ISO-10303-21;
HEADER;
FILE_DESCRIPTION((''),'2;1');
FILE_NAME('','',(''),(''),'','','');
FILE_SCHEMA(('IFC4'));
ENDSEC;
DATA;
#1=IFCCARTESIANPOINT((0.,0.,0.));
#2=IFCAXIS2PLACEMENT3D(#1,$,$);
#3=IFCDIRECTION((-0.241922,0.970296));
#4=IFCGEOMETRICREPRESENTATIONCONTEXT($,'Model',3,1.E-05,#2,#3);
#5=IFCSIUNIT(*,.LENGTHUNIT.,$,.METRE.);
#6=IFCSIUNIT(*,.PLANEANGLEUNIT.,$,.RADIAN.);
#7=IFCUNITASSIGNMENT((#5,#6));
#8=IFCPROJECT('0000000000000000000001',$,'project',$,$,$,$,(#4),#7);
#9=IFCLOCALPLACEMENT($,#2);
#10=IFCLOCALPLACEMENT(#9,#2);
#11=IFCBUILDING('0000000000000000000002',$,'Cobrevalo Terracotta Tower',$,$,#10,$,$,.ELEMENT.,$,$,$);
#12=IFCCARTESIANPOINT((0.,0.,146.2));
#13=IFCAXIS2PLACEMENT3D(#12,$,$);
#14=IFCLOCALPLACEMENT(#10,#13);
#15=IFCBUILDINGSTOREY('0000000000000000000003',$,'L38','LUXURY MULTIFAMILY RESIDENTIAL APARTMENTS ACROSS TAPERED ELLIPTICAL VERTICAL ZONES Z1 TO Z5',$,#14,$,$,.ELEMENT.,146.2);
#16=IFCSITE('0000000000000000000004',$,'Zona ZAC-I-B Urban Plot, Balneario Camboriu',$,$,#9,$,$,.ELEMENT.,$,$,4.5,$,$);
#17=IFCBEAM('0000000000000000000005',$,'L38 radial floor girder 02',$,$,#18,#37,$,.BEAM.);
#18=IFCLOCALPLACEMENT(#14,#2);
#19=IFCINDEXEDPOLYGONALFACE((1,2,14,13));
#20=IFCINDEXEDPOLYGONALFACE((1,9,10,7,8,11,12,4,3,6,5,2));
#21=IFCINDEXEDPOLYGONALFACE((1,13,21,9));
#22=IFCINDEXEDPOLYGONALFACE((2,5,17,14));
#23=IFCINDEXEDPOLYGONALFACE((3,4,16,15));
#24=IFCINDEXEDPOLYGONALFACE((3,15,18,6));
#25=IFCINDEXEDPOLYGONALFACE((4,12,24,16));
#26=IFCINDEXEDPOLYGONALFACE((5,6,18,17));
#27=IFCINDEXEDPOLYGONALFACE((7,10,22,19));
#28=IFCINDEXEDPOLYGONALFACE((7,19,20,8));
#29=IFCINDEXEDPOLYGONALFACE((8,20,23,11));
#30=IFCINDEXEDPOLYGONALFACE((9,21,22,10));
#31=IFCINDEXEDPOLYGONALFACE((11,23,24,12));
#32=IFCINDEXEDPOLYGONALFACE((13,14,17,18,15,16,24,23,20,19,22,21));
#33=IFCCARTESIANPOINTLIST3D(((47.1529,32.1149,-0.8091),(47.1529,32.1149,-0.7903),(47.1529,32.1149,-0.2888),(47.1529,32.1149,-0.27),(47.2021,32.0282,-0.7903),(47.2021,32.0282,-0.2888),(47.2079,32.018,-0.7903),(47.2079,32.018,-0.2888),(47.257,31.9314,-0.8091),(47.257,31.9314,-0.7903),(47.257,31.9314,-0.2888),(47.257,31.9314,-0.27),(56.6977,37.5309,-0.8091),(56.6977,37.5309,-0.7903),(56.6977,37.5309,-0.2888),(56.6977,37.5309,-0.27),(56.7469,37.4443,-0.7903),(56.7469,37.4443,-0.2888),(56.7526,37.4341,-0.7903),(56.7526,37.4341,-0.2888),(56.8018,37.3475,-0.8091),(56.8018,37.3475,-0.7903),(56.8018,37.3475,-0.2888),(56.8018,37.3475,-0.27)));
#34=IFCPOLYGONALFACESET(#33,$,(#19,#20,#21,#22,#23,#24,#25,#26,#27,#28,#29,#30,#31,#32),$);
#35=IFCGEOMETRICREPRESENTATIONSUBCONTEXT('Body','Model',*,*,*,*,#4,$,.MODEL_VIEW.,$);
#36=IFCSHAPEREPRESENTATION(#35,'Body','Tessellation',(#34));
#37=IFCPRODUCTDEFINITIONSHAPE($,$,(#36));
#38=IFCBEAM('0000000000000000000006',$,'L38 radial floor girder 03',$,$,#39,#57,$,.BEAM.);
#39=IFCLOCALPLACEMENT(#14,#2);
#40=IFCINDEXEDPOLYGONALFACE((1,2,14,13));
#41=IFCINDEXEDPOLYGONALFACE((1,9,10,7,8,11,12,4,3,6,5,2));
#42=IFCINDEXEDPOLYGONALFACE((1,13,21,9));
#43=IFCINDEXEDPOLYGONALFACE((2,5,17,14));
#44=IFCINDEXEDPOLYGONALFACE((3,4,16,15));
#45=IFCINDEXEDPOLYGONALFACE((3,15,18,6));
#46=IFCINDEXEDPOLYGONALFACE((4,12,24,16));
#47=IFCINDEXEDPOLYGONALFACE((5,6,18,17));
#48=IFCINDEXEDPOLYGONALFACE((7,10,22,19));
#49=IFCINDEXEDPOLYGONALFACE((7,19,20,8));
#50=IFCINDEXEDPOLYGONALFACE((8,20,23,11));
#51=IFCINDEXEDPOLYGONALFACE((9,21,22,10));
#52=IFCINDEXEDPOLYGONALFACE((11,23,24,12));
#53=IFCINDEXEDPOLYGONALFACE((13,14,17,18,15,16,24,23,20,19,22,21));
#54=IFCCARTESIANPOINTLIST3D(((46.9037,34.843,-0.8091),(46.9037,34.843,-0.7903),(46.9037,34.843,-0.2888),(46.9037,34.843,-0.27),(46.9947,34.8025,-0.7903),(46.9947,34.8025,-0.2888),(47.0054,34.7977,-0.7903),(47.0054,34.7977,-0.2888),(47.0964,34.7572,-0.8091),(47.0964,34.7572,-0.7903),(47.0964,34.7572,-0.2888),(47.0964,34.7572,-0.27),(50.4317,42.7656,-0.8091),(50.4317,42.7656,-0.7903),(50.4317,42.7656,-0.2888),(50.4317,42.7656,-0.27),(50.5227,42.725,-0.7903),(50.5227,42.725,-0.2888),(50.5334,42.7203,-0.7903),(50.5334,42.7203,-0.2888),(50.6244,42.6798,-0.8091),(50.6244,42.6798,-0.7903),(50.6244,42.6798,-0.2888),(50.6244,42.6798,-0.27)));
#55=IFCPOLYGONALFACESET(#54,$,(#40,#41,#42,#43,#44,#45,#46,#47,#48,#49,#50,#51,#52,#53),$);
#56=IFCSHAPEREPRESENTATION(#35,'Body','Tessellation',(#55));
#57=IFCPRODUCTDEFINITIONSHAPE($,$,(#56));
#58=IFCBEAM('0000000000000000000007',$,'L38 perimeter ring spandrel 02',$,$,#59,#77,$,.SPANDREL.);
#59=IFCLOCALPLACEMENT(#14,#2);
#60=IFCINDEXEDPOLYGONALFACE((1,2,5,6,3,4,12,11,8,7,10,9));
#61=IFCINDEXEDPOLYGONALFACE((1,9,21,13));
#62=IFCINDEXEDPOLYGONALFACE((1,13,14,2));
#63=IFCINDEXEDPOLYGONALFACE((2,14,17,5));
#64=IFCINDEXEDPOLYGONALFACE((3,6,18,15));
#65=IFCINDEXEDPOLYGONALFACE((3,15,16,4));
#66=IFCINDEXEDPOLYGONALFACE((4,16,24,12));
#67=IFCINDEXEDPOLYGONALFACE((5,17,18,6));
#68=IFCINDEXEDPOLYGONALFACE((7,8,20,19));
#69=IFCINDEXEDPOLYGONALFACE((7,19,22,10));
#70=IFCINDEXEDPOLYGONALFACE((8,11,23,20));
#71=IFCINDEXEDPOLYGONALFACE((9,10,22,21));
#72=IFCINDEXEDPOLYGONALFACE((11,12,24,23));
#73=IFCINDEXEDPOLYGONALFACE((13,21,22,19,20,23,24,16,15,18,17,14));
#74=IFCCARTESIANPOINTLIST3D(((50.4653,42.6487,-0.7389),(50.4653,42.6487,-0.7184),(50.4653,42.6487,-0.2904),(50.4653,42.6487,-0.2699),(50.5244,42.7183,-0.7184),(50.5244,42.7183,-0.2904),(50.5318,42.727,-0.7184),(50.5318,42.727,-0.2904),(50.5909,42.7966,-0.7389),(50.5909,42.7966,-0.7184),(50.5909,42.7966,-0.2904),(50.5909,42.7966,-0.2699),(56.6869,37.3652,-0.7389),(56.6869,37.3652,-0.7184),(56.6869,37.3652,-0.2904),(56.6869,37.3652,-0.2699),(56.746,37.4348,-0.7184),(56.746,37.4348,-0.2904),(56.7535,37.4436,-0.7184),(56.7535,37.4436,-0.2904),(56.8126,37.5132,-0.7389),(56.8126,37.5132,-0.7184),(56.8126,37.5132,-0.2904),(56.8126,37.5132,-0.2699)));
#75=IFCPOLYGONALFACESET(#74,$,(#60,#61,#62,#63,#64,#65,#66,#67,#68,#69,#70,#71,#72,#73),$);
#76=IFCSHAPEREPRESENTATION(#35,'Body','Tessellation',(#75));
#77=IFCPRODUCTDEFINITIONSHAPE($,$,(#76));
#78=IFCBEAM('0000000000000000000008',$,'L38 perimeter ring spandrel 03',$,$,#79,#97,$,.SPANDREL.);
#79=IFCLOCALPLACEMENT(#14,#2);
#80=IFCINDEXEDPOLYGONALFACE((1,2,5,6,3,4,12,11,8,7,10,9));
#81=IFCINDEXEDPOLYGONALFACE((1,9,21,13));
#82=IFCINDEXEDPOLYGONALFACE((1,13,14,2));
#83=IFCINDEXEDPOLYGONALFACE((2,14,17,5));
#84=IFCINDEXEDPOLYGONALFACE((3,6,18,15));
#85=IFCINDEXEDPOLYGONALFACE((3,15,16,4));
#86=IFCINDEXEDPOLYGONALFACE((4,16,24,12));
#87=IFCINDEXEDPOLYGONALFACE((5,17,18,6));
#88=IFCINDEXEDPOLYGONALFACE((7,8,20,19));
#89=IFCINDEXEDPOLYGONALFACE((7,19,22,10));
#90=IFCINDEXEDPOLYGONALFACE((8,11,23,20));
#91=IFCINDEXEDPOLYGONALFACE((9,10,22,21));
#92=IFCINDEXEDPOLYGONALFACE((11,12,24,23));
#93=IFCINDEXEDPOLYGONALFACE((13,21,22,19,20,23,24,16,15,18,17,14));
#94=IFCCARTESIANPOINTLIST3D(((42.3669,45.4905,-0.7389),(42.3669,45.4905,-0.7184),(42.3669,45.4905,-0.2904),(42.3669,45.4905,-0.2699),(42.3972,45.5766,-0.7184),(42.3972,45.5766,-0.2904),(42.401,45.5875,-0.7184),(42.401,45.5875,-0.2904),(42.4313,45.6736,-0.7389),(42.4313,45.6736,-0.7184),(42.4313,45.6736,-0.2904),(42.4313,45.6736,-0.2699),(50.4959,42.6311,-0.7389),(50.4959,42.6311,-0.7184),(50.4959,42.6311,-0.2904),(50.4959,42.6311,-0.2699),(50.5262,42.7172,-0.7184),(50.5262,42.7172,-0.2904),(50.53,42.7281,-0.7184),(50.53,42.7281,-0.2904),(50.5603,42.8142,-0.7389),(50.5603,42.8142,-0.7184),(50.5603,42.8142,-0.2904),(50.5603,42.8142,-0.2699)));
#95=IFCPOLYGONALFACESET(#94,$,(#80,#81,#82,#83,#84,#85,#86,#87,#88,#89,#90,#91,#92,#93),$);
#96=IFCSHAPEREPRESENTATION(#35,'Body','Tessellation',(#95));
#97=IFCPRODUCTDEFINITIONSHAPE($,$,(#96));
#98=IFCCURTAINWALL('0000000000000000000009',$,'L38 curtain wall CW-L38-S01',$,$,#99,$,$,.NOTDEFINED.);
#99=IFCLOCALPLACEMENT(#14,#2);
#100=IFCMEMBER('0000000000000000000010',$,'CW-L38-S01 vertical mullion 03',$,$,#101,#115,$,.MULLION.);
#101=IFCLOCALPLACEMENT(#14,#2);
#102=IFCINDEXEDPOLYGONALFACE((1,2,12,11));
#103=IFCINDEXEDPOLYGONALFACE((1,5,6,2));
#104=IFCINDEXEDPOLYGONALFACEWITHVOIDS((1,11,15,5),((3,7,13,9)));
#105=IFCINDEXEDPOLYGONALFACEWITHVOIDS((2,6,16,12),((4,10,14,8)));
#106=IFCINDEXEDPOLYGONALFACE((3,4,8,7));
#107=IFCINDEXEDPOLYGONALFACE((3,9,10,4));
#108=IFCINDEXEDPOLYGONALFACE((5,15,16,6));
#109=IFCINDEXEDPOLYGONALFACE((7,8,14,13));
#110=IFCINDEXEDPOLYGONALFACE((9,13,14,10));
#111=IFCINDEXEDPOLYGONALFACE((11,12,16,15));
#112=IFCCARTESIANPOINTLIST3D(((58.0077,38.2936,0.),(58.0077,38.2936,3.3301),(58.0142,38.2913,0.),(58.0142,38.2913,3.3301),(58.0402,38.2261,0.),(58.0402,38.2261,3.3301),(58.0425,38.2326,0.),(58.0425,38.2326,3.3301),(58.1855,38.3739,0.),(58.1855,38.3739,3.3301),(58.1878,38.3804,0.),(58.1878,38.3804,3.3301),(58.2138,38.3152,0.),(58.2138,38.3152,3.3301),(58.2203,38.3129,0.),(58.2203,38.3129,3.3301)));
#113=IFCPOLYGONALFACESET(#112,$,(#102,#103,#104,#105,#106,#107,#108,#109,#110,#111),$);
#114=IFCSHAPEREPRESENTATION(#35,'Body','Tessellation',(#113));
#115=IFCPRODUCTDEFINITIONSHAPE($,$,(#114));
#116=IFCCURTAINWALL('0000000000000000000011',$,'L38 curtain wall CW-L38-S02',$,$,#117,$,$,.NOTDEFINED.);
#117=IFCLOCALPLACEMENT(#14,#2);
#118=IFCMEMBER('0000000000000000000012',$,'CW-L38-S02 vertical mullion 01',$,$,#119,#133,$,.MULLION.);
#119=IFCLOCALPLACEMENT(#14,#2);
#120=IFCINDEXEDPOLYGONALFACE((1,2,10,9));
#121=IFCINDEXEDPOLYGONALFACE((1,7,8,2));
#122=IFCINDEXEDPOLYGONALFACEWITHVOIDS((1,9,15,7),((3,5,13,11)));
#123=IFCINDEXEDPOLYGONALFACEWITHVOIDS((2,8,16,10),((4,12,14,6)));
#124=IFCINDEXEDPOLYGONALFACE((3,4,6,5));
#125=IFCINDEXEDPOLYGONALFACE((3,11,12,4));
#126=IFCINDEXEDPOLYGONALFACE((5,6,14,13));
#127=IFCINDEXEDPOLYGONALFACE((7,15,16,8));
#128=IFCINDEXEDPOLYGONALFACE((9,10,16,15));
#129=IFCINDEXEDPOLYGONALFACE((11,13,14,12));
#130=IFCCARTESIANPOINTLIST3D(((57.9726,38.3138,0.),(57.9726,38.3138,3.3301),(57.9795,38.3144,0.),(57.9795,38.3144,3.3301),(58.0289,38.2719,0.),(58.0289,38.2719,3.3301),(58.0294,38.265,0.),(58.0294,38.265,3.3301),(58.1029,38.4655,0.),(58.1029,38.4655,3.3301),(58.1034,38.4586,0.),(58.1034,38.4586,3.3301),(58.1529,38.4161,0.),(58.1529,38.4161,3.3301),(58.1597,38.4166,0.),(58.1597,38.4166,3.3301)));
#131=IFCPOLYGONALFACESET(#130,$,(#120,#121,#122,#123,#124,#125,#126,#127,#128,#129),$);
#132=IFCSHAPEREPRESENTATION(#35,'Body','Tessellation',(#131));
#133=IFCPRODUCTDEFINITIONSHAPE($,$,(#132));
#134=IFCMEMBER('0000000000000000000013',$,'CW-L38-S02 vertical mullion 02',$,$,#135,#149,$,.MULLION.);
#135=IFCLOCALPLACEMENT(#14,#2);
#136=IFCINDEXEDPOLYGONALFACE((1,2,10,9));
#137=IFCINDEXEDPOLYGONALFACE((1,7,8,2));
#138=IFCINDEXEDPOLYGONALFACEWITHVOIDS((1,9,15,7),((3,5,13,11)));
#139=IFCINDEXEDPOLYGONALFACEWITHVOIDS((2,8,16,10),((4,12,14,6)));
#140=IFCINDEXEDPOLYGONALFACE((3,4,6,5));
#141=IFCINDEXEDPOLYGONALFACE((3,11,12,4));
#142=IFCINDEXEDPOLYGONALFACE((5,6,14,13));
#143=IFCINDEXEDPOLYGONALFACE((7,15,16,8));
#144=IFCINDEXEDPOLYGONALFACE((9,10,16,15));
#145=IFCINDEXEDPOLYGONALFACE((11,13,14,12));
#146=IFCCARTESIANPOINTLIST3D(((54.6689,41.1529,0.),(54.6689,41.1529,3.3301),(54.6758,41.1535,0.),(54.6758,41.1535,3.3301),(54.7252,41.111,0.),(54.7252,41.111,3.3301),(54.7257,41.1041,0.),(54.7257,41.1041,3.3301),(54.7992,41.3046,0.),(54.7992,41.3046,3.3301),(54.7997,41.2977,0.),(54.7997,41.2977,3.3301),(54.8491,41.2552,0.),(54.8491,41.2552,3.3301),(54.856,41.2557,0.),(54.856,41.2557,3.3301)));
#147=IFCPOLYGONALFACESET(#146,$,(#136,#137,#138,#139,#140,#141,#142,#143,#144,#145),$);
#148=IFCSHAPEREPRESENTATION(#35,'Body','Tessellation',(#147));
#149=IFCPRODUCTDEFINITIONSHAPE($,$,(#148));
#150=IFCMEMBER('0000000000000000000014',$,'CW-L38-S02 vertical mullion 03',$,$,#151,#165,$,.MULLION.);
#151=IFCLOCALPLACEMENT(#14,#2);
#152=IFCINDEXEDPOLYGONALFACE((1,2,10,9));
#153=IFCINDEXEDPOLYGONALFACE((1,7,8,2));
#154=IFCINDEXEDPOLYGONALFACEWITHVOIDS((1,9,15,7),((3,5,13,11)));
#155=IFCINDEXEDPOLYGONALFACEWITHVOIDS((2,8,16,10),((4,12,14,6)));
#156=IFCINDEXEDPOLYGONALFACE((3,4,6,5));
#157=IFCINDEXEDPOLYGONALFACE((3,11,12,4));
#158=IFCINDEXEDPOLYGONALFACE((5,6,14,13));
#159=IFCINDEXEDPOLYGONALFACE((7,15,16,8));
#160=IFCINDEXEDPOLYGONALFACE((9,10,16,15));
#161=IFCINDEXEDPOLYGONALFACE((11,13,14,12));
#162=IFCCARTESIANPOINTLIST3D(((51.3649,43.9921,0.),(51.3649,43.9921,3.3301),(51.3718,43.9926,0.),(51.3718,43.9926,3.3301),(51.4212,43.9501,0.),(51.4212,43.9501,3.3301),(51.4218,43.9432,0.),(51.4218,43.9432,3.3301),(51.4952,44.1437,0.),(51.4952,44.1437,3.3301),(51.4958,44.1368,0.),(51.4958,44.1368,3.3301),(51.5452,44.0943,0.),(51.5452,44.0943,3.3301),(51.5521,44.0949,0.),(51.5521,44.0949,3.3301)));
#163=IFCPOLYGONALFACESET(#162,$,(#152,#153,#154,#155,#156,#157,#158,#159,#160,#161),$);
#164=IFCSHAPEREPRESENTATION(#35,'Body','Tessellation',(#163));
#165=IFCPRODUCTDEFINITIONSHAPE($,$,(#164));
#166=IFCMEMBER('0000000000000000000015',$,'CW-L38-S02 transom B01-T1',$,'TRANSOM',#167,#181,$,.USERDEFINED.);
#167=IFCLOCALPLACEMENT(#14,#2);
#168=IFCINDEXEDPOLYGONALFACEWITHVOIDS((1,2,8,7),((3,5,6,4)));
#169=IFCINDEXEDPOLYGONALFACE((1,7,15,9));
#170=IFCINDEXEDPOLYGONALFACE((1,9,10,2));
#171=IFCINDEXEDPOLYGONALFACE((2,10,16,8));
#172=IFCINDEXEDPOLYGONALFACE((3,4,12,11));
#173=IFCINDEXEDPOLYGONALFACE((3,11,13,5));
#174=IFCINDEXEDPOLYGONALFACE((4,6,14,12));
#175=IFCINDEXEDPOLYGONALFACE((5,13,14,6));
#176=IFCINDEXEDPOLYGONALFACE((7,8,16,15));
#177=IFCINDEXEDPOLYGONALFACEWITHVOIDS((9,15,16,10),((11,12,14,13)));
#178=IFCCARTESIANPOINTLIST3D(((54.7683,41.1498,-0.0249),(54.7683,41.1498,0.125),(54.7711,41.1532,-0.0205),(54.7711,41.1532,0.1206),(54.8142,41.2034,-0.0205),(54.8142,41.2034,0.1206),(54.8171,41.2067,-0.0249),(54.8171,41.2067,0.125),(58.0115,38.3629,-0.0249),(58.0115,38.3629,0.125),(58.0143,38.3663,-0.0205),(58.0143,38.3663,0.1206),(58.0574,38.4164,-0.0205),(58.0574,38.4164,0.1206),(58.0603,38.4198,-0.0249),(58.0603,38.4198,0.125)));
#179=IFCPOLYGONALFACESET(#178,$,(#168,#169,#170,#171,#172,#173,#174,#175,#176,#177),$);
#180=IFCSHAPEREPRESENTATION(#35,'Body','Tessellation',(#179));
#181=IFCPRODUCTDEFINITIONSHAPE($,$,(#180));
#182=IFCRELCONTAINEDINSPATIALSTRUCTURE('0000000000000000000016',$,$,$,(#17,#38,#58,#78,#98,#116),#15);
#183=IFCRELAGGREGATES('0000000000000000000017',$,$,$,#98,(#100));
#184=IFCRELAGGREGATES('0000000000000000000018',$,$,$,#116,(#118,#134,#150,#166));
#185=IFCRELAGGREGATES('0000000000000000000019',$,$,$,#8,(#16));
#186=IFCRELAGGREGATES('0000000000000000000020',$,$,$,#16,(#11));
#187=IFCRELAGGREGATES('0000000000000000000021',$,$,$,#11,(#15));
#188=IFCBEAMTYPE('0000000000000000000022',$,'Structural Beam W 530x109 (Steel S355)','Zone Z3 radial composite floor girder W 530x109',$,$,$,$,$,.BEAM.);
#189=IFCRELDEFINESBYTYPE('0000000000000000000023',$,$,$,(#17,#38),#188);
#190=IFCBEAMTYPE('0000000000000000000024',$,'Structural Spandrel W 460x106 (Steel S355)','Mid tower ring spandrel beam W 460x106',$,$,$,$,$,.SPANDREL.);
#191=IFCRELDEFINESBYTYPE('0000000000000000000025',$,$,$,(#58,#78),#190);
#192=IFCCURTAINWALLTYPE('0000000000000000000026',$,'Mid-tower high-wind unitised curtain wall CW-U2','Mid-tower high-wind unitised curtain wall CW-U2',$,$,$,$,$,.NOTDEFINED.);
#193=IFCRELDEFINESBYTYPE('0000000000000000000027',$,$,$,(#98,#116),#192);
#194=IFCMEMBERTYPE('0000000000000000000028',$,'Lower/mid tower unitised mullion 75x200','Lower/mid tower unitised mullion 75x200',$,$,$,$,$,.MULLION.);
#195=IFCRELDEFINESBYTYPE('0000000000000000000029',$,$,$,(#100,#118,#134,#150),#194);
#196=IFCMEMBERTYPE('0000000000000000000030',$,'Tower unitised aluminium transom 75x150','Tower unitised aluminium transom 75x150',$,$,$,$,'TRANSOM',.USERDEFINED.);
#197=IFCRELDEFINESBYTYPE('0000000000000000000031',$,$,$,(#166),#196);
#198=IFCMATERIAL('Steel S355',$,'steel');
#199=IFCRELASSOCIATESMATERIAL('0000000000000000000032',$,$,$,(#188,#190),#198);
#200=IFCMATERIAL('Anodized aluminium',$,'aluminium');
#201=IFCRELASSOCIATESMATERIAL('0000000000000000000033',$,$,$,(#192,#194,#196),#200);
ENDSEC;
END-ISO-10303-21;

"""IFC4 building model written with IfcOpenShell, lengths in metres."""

from ifc_helpers import new_model, si_unit, direction, frame, origin, origin_2d, place, context, subcontext, project, spatial, hollow_rectangle, i_section, extrude, source, transform, mapped, material, material_profile, profile_set, type_object, element, aggregate, save


model = new_model("IFC4")

# Units and contexts
model_context = context("Model", 3, precision=1e-05, world=origin(), true_north=direction((-0.241922, 0.970296)))
body_context = subcontext(model_context, "Body", "Model", "MODEL_VIEW")
ifc_project = project(units=[si_unit("LENGTHUNIT", "METRE"), si_unit("PLANEANGLEUNIT", "RADIAN")], contexts=[model_context])

# Site, building, storey
site_placement = place(None, origin())
site = spatial("IfcSite", under=ifc_project, at=site_placement, Name="Zona ZAC-I-B Urban Plot, Balneario Camboriu", CompositionType="ELEMENT", RefElevation=4.5)
building_placement = place(site_placement, origin())
building = spatial("IfcBuilding", under=site, at=building_placement, Name="Cobrevalo Terracotta Tower", CompositionType="ELEMENT")
storey_placement = place(building_placement, frame((0.0, 0.0, 146.2)))
storey = spatial("IfcBuildingStorey", under=building, at=storey_placement, Name="L38", Description="LUXURY MULTIFAMILY RESIDENTIAL APARTMENTS ACROSS TAPERED ELLIPTICAL VERTICAL ZONES Z1 TO Z5", CompositionType="ELEMENT", Elevation=146.2)

# Shared definitions
ifc_material_1 = material(Name="Steel S355", Category="steel")

# Beams
ifc_material_profile_1 = material_profile(ifc_material_1, i_section(OverallWidth=0.2109, OverallDepth=0.5391, WebThickness=0.0117, FlangeThickness=0.0188, at=origin_2d()), Name="W 530x109")
ifc_profile_set_1 = profile_set([ifc_material_profile_1], Name="Steel S355")
beam_type_1 = type_object("IfcBeamType", Name="Structural Beam W 530x109 (Steel S355)", Description="Zone Z3 radial composite floor girder W 530x109", PredefinedType="BEAM", material=ifc_profile_set_1)
beam_1_placement = place(storey_placement, frame((56.7498, 37.4392, -0.5396), z_axis=(-0.869734, -0.49352, 0.0), x_axis=(0.49352, -0.869734, 0.0)))
element("IfcBeam", 1, at=beam_1_placement, inside=storey, type_object=beam_type_1, Name="L38 radial floor girder 02", PredefinedType="BEAM", context=body_context, shape_type="SweptSolid", body=[
    extrude(i_section(OverallWidth=0.2109, OverallDepth=0.5391, WebThickness=0.0117, FlangeThickness=0.0188, at=origin_2d()), origin(), (0.0, 0.0, 1.0), 10.9744),
])
beam_2_placement = place(storey_placement, frame((50.5281, 42.7227, -0.5396), z_axis=(-0.406804, -0.913515, 0.0), x_axis=(0.913515, -0.406804, 0.0)))
element("IfcBeam", 2, at=beam_2_placement, inside=storey, type_object=beam_type_1, Name="L38 radial floor girder 03", PredefinedType="BEAM", context=body_context, shape_type="SweptSolid", body=[
    extrude(i_section(OverallWidth=0.2109, OverallDepth=0.5391, WebThickness=0.0117, FlangeThickness=0.0188, at=origin_2d()), origin(), (0.0, 0.0, 1.0), 8.6726),
])
ifc_material_profile_2 = material_profile(ifc_material_1, i_section(OverallWidth=0.1941, OverallDepth=0.469, WebThickness=0.0115, FlangeThickness=0.0205, at=origin_2d()), Name="W 460x106")
ifc_profile_set_2 = profile_set([ifc_material_profile_2], Name="Steel S355")
beam_type_2 = type_object("IfcBeamType", Name="Structural Spandrel W 460x106 (Steel S355)", Description="Mid tower ring spandrel beam W 460x106", PredefinedType="SPANDREL", material=ifc_profile_set_2)
beam_3_placement = place(storey_placement, frame((56.7498, 37.4392, -0.5044), z_axis=(-0.76224, 0.647294, 0.0), x_axis=(-0.647294, -0.76224, 0.0)))
element("IfcBeam", 3, at=beam_3_placement, inside=storey, type_object=beam_type_2, Name="L38 perimeter ring spandrel 02", PredefinedType="SPANDREL", context=body_context, shape_type="SweptSolid", body=[
    extrude(i_section(OverallWidth=0.1941, OverallDepth=0.469, WebThickness=0.0115, FlangeThickness=0.0205, at=origin_2d()), origin(), (0.0, 0.0, 1.0), 8.1624),
])
beam_4_placement = place(storey_placement, frame((50.5281, 42.7227, -0.5044), z_axis=(-0.943341, 0.331824, 0.0), x_axis=(-0.331824, -0.943341, 0.0)))
element("IfcBeam", 4, at=beam_4_placement, inside=storey, type_object=beam_type_2, Name="L38 perimeter ring spandrel 03", PredefinedType="SPANDREL", context=body_context, shape_type="SweptSolid", body=[
    extrude(i_section(OverallWidth=0.1941, OverallDepth=0.469, WebThickness=0.0115, FlangeThickness=0.0205, at=origin_2d()), origin(), (0.0, 0.0, 1.0), 8.6172),
])

# Curtain wall, member
ifc_material_2 = material(Name="Anodized aluminium", Category="aluminium")
curtain_wall_type = type_object("IfcCurtainWallType", Name="Mid-tower high-wind unitised curtain wall CW-U2", Description="Mid-tower high-wind unitised curtain wall CW-U2", PredefinedType="NOTDEFINED", material=ifc_material_2)
curtain_wall_1_placement = place(storey_placement, origin())
curtain_wall_1 = element("IfcCurtainWall", 5, at=curtain_wall_1_placement, inside=storey, type_object=curtain_wall_type, Name="L38 curtain wall CW-L38-S01", PredefinedType="NOTDEFINED")
ifc_material_profile_3 = material_profile(ifc_material_2, hollow_rectangle(XDim=0.075, YDim=0.2, WallThickness=0.0049, at=origin_2d()), Name="CWM 75x200")
ifc_profile_set_3 = profile_set([ifc_material_profile_3], Name="Anodized aluminium")
member_type_1 = type_object("IfcMemberType", Name="Lower/mid tower unitised mullion 75x200", Description="Lower/mid tower unitised mullion 75x200", PredefinedType="MULLION", material=ifc_profile_set_3)
shared_shape_1 = source(origin(), body_context, "Body", "SweptSolid", [
    extrude(hollow_rectangle(XDim=0.075, YDim=0.2, WallThickness=0.0049, at=origin_2d()), origin(), (0.0, 0.0, 1.0), 3.3301),
])
member_1_placement = place(storey_placement, frame((58.114, 38.3032, 0.0), z_axis=(0.0, 0.0, 1.0), x_axis=(-0.434209, 0.900812, 0.0)))
member_1 = element("IfcMember", 6, at=member_1_placement, type_object=member_type_1, Name="CW-L38-S01 vertical mullion 03", PredefinedType="MULLION", context=body_context, shape_type="MappedRepresentation", body=[
    mapped(shared_shape_1, transform((0.0, 0.0, 0.0), scale=1.0)),
])
aggregate(curtain_wall_1, [member_1])

# Curtain wall, members
curtain_wall_2_placement = place(storey_placement, origin())
curtain_wall_2 = element("IfcCurtainWall", 7, at=curtain_wall_2_placement, inside=storey, type_object=curtain_wall_type, Name="L38 curtain wall CW-L38-S02", PredefinedType="NOTDEFINED")
member_2_placement = place(storey_placement, frame((58.0662, 38.3652, 0.0), z_axis=(0.0, 0.0, 1.0), x_axis=(-0.758442, 0.651741, 0.0)))
member_2 = element("IfcMember", 8, at=member_2_placement, type_object=member_type_1, Name="CW-L38-S02 vertical mullion 01", PredefinedType="MULLION", context=body_context, shape_type="MappedRepresentation", body=[
    mapped(shared_shape_1, transform((0.0, 0.0, 0.0), scale=1.0)),
])
member_3_placement = place(storey_placement, frame((54.7625, 41.2043, 0.0), z_axis=(0.0, 0.0, 1.0), x_axis=(-0.758442, 0.651741, 0.0)))
member_3 = element("IfcMember", 9, at=member_3_placement, type_object=member_type_1, Name="CW-L38-S02 vertical mullion 02", PredefinedType="MULLION", context=body_context, shape_type="MappedRepresentation", body=[
    mapped(shared_shape_1, transform((0.0, 0.0, 0.0), scale=1.0)),
])
member_4_placement = place(storey_placement, frame((51.4585, 44.0435, 0.0), z_axis=(0.0, 0.0, 1.0), x_axis=(-0.758442, 0.651741, 0.0)))
member_4 = element("IfcMember", 10, at=member_4_placement, type_object=member_type_1, Name="CW-L38-S02 vertical mullion 03", PredefinedType="MULLION", context=body_context, shape_type="MappedRepresentation", body=[
    mapped(shared_shape_1, transform((0.0, 0.0, 0.0), scale=1.0)),
])
ifc_material_profile_4 = material_profile(ifc_material_2, hollow_rectangle(XDim=0.075, YDim=0.1499, WallThickness=0.0044, at=origin_2d()), Name="CWT 75x150")
ifc_profile_set_4 = profile_set([ifc_material_profile_4], Name="Anodized aluminium")
member_type_2 = type_object("IfcMemberType", Name="Tower unitised aluminium transom 75x150", Description="Tower unitised aluminium transom 75x150", ElementType="TRANSOM", PredefinedType="USERDEFINED", material=ifc_profile_set_4)
shared_shape_2 = source(origin(), body_context, "Body", "SweptSolid", [
    extrude(hollow_rectangle(XDim=0.075, YDim=0.1499, WallThickness=0.0044, at=origin_2d()), origin(), (0.0, 0.0, 1.0), 4.2761),
])
member_5_placement = place(storey_placement, frame((58.0359, 38.3914, 0.05), z_axis=(-0.758446, 0.651736, 0.0), x_axis=(-0.651736, -0.758446, 0.0)))
member_5 = element("IfcMember", 11, at=member_5_placement, type_object=member_type_2, Name="CW-L38-S02 transom B01-T1", ObjectType="TRANSOM", PredefinedType="USERDEFINED", context=body_context, shape_type="MappedRepresentation", body=[
    mapped(shared_shape_2, transform((0.0, 0.0, 0.0), scale=1.0)),
])
aggregate(curtain_wall_2, [member_2, member_3, member_4, member_5])

save(model, "model.ifc")
